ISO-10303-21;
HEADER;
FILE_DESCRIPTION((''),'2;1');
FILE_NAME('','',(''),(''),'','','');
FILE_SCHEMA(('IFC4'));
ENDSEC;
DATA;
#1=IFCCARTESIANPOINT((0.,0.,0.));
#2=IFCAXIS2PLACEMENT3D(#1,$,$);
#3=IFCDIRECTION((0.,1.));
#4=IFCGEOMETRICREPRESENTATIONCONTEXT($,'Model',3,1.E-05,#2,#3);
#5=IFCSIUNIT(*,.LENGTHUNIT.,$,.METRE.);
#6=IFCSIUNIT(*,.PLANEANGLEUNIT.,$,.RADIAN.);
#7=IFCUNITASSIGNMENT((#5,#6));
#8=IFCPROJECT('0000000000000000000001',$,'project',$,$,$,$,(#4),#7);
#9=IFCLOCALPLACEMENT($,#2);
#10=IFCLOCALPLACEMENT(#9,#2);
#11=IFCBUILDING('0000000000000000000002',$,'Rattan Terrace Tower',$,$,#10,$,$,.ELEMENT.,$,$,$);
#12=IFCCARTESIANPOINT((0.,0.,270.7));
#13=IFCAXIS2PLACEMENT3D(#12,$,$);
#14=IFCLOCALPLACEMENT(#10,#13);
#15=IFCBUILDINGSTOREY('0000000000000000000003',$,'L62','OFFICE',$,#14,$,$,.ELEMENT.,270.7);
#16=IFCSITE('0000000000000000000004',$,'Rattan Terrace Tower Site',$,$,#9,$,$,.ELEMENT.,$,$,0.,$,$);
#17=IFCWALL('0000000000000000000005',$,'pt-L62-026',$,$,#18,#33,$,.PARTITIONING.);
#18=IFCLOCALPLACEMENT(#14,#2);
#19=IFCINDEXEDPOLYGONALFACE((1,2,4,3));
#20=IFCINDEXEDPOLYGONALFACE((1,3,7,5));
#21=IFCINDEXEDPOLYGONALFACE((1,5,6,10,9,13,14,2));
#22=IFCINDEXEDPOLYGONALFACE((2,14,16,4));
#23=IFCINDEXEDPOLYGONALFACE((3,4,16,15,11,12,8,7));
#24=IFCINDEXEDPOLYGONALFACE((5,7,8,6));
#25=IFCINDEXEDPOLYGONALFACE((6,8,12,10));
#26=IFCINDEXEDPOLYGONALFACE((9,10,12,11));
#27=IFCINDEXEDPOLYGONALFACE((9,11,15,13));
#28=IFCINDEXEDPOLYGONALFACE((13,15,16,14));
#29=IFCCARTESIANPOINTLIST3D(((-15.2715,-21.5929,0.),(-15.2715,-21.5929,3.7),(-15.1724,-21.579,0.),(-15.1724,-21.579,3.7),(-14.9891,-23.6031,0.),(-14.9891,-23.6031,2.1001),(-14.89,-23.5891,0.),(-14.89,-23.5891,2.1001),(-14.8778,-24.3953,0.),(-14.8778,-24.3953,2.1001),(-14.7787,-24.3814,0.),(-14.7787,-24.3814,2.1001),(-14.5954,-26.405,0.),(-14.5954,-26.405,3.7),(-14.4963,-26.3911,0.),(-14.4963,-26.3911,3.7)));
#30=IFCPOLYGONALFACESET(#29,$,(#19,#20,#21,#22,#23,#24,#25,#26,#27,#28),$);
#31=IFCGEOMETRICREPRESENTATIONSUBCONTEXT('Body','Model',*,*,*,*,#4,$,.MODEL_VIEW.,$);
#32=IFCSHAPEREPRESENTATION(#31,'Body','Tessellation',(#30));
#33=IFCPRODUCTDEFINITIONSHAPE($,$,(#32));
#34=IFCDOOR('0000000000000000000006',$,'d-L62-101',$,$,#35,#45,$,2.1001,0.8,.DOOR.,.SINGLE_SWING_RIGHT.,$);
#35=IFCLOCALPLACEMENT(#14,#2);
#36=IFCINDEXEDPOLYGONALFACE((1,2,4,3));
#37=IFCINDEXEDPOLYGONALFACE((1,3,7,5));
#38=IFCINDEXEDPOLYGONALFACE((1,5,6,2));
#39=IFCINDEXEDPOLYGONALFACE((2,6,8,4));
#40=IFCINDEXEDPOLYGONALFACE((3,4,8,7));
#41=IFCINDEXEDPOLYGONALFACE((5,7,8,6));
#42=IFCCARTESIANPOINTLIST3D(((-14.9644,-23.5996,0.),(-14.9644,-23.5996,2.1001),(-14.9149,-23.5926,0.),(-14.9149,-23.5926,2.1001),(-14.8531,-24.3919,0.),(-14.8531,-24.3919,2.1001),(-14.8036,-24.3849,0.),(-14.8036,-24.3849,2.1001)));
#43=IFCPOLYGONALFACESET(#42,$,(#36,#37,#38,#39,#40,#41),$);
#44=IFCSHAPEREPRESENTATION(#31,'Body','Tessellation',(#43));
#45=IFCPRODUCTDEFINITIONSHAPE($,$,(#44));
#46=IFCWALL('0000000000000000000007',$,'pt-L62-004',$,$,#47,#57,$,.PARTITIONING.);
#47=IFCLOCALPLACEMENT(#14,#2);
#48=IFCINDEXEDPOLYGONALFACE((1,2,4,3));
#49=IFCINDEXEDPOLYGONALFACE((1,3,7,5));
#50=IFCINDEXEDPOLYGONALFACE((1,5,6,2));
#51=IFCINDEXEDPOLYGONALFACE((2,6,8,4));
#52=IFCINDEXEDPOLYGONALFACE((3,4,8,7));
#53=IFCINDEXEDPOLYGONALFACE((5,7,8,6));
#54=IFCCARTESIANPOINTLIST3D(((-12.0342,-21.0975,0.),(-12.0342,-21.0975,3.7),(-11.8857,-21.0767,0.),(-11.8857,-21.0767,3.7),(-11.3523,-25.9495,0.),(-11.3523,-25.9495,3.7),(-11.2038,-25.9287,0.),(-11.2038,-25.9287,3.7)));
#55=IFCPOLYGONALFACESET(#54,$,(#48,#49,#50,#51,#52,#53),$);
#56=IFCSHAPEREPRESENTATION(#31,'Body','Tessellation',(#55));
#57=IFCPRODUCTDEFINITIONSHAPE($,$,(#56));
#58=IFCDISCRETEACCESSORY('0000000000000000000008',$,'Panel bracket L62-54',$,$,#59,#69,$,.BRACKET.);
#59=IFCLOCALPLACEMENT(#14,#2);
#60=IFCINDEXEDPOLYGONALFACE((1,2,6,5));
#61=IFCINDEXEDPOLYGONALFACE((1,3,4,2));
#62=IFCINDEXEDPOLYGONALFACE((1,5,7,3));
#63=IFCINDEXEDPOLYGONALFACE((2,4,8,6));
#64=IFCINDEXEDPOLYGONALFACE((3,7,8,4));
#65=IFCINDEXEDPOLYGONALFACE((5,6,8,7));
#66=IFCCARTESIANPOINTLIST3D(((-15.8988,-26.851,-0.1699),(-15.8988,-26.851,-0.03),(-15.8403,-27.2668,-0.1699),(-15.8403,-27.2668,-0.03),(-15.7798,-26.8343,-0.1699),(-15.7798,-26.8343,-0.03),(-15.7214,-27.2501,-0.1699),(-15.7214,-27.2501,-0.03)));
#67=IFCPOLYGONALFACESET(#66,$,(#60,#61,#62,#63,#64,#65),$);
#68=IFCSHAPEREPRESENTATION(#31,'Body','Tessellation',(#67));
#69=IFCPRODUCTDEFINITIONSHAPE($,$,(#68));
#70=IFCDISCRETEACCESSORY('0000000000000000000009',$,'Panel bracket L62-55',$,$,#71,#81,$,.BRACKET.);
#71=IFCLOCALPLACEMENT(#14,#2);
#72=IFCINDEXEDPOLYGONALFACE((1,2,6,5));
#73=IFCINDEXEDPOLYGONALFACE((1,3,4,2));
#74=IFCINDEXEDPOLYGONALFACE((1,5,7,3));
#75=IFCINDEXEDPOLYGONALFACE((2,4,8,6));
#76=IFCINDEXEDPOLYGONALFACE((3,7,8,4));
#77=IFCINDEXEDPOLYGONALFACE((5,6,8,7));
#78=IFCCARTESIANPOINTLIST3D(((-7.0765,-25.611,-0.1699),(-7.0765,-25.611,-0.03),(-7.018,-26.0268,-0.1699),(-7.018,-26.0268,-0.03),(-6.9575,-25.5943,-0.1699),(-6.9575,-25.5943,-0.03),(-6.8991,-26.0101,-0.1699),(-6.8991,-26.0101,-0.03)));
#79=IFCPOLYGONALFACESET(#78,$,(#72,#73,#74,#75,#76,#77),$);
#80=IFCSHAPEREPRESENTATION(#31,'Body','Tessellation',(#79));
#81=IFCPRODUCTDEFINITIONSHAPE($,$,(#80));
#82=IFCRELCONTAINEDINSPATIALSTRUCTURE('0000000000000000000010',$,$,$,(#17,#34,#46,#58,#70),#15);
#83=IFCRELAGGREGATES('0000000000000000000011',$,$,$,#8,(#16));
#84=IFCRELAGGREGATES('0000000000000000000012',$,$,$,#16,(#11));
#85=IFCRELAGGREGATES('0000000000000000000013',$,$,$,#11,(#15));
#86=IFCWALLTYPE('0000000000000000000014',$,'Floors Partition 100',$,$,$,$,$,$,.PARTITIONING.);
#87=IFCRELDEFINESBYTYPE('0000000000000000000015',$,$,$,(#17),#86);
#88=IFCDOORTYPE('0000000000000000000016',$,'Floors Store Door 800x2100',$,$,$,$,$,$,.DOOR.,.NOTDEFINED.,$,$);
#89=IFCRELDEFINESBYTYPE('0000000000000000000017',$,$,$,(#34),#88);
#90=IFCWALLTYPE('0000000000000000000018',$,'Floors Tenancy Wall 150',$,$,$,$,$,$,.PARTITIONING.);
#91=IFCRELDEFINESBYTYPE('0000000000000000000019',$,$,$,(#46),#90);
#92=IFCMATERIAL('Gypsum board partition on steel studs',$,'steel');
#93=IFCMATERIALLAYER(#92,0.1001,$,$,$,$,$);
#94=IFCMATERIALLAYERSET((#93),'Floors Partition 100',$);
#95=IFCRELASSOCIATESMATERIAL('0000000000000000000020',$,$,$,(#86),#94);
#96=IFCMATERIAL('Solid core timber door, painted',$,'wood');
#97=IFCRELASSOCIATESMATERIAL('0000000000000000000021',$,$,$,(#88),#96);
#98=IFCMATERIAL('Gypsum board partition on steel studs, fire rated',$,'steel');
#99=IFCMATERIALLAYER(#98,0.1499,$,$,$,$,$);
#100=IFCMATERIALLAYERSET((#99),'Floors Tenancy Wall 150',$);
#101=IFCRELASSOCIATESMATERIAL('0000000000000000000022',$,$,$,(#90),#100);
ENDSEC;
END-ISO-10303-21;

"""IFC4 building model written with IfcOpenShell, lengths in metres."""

from ifc_helpers import new_model, si_unit, direction, frame, frame_2d, origin, origin_2d, place, context, subcontext, project, spatial, rectangle, extrude, material, layer, layer_set, type_object, element, fill, save


model = new_model("IFC4")

# Units and contexts
model_context = context("Model", 3, precision=1e-05, world=origin(), true_north=direction((0.0, 1.0)))
body_context = subcontext(model_context, "Body", "Model", "MODEL_VIEW")
ifc_project = project(units=[si_unit("LENGTHUNIT", "METRE"), si_unit("PLANEANGLEUNIT", "RADIAN")], contexts=[model_context])

# Site, building, storey
site_placement = place(None, origin())
site = spatial("IfcSite", under=ifc_project, at=site_placement, Name="Rattan Terrace Tower Site", CompositionType="ELEMENT", RefElevation=0.0)
building_placement = place(site_placement, origin())
building = spatial("IfcBuilding", under=site, at=building_placement, Name="Rattan Terrace Tower", CompositionType="ELEMENT")
storey_placement = place(building_placement, frame((0.0, 0.0, 270.7)))
storey = spatial("IfcBuildingStorey", under=building, at=storey_placement, Name="L62", Description="OFFICE", CompositionType="ELEMENT", Elevation=270.7)

# Wall, opening, door
ifc_material_1 = material(Name="Gypsum board partition on steel studs", Category="steel")
ifc_layer_1 = layer(ifc_material_1, 0.1001)
ifc_layer_set_1 = layer_set([ifc_layer_1], Name="Floors Partition 100")
wall_type_1 = type_object("IfcWallType", Name="Floors Partition 100", PredefinedType="PARTITIONING", material=ifc_layer_set_1)
wall_1_placement = place(storey_placement, frame((-15.2219, -21.5859, 0.0), z_axis=(0.0, 0.0, 1.0), x_axis=(0.139121, -0.990275, 0.0)))
wall_1 = element("IfcWall", 1, at=wall_1_placement, inside=storey, type_object=wall_type_1, Name="pt-L62-026", PredefinedType="PARTITIONING", context=body_context, shape_type="SweptSolid", body=[
    extrude(rectangle(XDim=4.8594, YDim=0.1001, at=frame_2d((2.4297, 0.0))), origin(), (0.0, 0.0, 1.0), 3.7),
])
opening_placement = place(wall_1_placement, frame((2.03, 0.0, 0.0)))
opening = element("IfcOpeningElement", 2, at=opening_placement, cuts=wall_1, PredefinedType="OPENING", context=body_context, shape_type="SweptSolid", body=[
    extrude(rectangle(XDim=0.8, YDim=2.1001, at=frame_2d((0.3999, 1.05))), frame((0.0, 0.0605, 0.0), z_axis=(0.0, -1.0, 0.0), x_axis=(1.0, 0.0, 0.0)), (0.0, 0.0, 1.0), 0.1211),
])
ifc_material_2 = material(Name="Solid core timber door, painted", Category="wood")
door_type = type_object("IfcDoorType", Name="Floors Store Door 800x2100", OperationType="NOTDEFINED", PredefinedType="DOOR", material=ifc_material_2)
door_placement = place(opening_placement, origin())
door = element("IfcDoor", 3, at=door_placement, inside=storey, type_object=door_type, Name="d-L62-101", OperationType="SINGLE_SWING_RIGHT", OverallHeight=2.1001, OverallWidth=0.8, PredefinedType="DOOR", context=body_context, shape_type="SweptSolid", body=[
    extrude(rectangle(XDim=0.8, YDim=2.1001, at=frame_2d((0.3999, 1.05))), frame((0.0, 0.0249, 0.0), z_axis=(0.0, -1.0, 0.0), x_axis=(1.0, 0.0, 0.0)), (0.0, 0.0, 1.0), 0.05),
])
fill(opening, door)

# Wall
ifc_material_3 = material(Name="Gypsum board partition on steel studs, fire rated", Category="steel")
ifc_layer_2 = layer(ifc_material_3, 0.1499)
ifc_layer_set_2 = layer_set([ifc_layer_2], Name="Floors Tenancy Wall 150")
wall_type_2 = type_object("IfcWallType", Name="Floors Tenancy Wall 150", PredefinedType="PARTITIONING", material=ifc_layer_set_2)
wall_2_placement = place(storey_placement, frame((-11.2781, -25.939, 0.0), z_axis=(0.0, 0.0, 1.0), x_axis=(-0.139168, 0.990269, 0.0)))
element("IfcWall", 4, at=wall_2_placement, inside=storey, type_object=wall_type_2, Name="pt-L62-004", PredefinedType="PARTITIONING", context=body_context, shape_type="SweptSolid", body=[
    extrude(rectangle(XDim=4.8997, YDim=0.1499, at=frame_2d((2.4497, 0.0))), origin(), (0.0, 0.0, 1.0), 3.7),
])

# Discrete accessories
for number, where, z_axis, x_axis, name in (
    (5, (-15.8101, -27.0505, -0.1699), (0.0, 0.0, 1.0), (0.990266, 0.139189, 0.0), "Panel bracket L62-54"),
    (6, (-6.9878, -25.8105, -0.1699), (0.0, 0.0, 1.0), (0.990266, 0.139189, 0.0), "Panel bracket L62-55"),
):
    element("IfcDiscreteAccessory", number, at=place(storey_placement, frame(where, z_axis=z_axis, x_axis=x_axis)), inside=storey, Name=name, PredefinedType="BRACKET", context=body_context, shape_type="SweptSolid", body=[
        extrude(rectangle(XDim=0.1201, YDim=0.4199, at=origin_2d()), origin(), (0.0, 0.0, 1.0), 0.1399),
    ])

save(model, "model.ifc")
